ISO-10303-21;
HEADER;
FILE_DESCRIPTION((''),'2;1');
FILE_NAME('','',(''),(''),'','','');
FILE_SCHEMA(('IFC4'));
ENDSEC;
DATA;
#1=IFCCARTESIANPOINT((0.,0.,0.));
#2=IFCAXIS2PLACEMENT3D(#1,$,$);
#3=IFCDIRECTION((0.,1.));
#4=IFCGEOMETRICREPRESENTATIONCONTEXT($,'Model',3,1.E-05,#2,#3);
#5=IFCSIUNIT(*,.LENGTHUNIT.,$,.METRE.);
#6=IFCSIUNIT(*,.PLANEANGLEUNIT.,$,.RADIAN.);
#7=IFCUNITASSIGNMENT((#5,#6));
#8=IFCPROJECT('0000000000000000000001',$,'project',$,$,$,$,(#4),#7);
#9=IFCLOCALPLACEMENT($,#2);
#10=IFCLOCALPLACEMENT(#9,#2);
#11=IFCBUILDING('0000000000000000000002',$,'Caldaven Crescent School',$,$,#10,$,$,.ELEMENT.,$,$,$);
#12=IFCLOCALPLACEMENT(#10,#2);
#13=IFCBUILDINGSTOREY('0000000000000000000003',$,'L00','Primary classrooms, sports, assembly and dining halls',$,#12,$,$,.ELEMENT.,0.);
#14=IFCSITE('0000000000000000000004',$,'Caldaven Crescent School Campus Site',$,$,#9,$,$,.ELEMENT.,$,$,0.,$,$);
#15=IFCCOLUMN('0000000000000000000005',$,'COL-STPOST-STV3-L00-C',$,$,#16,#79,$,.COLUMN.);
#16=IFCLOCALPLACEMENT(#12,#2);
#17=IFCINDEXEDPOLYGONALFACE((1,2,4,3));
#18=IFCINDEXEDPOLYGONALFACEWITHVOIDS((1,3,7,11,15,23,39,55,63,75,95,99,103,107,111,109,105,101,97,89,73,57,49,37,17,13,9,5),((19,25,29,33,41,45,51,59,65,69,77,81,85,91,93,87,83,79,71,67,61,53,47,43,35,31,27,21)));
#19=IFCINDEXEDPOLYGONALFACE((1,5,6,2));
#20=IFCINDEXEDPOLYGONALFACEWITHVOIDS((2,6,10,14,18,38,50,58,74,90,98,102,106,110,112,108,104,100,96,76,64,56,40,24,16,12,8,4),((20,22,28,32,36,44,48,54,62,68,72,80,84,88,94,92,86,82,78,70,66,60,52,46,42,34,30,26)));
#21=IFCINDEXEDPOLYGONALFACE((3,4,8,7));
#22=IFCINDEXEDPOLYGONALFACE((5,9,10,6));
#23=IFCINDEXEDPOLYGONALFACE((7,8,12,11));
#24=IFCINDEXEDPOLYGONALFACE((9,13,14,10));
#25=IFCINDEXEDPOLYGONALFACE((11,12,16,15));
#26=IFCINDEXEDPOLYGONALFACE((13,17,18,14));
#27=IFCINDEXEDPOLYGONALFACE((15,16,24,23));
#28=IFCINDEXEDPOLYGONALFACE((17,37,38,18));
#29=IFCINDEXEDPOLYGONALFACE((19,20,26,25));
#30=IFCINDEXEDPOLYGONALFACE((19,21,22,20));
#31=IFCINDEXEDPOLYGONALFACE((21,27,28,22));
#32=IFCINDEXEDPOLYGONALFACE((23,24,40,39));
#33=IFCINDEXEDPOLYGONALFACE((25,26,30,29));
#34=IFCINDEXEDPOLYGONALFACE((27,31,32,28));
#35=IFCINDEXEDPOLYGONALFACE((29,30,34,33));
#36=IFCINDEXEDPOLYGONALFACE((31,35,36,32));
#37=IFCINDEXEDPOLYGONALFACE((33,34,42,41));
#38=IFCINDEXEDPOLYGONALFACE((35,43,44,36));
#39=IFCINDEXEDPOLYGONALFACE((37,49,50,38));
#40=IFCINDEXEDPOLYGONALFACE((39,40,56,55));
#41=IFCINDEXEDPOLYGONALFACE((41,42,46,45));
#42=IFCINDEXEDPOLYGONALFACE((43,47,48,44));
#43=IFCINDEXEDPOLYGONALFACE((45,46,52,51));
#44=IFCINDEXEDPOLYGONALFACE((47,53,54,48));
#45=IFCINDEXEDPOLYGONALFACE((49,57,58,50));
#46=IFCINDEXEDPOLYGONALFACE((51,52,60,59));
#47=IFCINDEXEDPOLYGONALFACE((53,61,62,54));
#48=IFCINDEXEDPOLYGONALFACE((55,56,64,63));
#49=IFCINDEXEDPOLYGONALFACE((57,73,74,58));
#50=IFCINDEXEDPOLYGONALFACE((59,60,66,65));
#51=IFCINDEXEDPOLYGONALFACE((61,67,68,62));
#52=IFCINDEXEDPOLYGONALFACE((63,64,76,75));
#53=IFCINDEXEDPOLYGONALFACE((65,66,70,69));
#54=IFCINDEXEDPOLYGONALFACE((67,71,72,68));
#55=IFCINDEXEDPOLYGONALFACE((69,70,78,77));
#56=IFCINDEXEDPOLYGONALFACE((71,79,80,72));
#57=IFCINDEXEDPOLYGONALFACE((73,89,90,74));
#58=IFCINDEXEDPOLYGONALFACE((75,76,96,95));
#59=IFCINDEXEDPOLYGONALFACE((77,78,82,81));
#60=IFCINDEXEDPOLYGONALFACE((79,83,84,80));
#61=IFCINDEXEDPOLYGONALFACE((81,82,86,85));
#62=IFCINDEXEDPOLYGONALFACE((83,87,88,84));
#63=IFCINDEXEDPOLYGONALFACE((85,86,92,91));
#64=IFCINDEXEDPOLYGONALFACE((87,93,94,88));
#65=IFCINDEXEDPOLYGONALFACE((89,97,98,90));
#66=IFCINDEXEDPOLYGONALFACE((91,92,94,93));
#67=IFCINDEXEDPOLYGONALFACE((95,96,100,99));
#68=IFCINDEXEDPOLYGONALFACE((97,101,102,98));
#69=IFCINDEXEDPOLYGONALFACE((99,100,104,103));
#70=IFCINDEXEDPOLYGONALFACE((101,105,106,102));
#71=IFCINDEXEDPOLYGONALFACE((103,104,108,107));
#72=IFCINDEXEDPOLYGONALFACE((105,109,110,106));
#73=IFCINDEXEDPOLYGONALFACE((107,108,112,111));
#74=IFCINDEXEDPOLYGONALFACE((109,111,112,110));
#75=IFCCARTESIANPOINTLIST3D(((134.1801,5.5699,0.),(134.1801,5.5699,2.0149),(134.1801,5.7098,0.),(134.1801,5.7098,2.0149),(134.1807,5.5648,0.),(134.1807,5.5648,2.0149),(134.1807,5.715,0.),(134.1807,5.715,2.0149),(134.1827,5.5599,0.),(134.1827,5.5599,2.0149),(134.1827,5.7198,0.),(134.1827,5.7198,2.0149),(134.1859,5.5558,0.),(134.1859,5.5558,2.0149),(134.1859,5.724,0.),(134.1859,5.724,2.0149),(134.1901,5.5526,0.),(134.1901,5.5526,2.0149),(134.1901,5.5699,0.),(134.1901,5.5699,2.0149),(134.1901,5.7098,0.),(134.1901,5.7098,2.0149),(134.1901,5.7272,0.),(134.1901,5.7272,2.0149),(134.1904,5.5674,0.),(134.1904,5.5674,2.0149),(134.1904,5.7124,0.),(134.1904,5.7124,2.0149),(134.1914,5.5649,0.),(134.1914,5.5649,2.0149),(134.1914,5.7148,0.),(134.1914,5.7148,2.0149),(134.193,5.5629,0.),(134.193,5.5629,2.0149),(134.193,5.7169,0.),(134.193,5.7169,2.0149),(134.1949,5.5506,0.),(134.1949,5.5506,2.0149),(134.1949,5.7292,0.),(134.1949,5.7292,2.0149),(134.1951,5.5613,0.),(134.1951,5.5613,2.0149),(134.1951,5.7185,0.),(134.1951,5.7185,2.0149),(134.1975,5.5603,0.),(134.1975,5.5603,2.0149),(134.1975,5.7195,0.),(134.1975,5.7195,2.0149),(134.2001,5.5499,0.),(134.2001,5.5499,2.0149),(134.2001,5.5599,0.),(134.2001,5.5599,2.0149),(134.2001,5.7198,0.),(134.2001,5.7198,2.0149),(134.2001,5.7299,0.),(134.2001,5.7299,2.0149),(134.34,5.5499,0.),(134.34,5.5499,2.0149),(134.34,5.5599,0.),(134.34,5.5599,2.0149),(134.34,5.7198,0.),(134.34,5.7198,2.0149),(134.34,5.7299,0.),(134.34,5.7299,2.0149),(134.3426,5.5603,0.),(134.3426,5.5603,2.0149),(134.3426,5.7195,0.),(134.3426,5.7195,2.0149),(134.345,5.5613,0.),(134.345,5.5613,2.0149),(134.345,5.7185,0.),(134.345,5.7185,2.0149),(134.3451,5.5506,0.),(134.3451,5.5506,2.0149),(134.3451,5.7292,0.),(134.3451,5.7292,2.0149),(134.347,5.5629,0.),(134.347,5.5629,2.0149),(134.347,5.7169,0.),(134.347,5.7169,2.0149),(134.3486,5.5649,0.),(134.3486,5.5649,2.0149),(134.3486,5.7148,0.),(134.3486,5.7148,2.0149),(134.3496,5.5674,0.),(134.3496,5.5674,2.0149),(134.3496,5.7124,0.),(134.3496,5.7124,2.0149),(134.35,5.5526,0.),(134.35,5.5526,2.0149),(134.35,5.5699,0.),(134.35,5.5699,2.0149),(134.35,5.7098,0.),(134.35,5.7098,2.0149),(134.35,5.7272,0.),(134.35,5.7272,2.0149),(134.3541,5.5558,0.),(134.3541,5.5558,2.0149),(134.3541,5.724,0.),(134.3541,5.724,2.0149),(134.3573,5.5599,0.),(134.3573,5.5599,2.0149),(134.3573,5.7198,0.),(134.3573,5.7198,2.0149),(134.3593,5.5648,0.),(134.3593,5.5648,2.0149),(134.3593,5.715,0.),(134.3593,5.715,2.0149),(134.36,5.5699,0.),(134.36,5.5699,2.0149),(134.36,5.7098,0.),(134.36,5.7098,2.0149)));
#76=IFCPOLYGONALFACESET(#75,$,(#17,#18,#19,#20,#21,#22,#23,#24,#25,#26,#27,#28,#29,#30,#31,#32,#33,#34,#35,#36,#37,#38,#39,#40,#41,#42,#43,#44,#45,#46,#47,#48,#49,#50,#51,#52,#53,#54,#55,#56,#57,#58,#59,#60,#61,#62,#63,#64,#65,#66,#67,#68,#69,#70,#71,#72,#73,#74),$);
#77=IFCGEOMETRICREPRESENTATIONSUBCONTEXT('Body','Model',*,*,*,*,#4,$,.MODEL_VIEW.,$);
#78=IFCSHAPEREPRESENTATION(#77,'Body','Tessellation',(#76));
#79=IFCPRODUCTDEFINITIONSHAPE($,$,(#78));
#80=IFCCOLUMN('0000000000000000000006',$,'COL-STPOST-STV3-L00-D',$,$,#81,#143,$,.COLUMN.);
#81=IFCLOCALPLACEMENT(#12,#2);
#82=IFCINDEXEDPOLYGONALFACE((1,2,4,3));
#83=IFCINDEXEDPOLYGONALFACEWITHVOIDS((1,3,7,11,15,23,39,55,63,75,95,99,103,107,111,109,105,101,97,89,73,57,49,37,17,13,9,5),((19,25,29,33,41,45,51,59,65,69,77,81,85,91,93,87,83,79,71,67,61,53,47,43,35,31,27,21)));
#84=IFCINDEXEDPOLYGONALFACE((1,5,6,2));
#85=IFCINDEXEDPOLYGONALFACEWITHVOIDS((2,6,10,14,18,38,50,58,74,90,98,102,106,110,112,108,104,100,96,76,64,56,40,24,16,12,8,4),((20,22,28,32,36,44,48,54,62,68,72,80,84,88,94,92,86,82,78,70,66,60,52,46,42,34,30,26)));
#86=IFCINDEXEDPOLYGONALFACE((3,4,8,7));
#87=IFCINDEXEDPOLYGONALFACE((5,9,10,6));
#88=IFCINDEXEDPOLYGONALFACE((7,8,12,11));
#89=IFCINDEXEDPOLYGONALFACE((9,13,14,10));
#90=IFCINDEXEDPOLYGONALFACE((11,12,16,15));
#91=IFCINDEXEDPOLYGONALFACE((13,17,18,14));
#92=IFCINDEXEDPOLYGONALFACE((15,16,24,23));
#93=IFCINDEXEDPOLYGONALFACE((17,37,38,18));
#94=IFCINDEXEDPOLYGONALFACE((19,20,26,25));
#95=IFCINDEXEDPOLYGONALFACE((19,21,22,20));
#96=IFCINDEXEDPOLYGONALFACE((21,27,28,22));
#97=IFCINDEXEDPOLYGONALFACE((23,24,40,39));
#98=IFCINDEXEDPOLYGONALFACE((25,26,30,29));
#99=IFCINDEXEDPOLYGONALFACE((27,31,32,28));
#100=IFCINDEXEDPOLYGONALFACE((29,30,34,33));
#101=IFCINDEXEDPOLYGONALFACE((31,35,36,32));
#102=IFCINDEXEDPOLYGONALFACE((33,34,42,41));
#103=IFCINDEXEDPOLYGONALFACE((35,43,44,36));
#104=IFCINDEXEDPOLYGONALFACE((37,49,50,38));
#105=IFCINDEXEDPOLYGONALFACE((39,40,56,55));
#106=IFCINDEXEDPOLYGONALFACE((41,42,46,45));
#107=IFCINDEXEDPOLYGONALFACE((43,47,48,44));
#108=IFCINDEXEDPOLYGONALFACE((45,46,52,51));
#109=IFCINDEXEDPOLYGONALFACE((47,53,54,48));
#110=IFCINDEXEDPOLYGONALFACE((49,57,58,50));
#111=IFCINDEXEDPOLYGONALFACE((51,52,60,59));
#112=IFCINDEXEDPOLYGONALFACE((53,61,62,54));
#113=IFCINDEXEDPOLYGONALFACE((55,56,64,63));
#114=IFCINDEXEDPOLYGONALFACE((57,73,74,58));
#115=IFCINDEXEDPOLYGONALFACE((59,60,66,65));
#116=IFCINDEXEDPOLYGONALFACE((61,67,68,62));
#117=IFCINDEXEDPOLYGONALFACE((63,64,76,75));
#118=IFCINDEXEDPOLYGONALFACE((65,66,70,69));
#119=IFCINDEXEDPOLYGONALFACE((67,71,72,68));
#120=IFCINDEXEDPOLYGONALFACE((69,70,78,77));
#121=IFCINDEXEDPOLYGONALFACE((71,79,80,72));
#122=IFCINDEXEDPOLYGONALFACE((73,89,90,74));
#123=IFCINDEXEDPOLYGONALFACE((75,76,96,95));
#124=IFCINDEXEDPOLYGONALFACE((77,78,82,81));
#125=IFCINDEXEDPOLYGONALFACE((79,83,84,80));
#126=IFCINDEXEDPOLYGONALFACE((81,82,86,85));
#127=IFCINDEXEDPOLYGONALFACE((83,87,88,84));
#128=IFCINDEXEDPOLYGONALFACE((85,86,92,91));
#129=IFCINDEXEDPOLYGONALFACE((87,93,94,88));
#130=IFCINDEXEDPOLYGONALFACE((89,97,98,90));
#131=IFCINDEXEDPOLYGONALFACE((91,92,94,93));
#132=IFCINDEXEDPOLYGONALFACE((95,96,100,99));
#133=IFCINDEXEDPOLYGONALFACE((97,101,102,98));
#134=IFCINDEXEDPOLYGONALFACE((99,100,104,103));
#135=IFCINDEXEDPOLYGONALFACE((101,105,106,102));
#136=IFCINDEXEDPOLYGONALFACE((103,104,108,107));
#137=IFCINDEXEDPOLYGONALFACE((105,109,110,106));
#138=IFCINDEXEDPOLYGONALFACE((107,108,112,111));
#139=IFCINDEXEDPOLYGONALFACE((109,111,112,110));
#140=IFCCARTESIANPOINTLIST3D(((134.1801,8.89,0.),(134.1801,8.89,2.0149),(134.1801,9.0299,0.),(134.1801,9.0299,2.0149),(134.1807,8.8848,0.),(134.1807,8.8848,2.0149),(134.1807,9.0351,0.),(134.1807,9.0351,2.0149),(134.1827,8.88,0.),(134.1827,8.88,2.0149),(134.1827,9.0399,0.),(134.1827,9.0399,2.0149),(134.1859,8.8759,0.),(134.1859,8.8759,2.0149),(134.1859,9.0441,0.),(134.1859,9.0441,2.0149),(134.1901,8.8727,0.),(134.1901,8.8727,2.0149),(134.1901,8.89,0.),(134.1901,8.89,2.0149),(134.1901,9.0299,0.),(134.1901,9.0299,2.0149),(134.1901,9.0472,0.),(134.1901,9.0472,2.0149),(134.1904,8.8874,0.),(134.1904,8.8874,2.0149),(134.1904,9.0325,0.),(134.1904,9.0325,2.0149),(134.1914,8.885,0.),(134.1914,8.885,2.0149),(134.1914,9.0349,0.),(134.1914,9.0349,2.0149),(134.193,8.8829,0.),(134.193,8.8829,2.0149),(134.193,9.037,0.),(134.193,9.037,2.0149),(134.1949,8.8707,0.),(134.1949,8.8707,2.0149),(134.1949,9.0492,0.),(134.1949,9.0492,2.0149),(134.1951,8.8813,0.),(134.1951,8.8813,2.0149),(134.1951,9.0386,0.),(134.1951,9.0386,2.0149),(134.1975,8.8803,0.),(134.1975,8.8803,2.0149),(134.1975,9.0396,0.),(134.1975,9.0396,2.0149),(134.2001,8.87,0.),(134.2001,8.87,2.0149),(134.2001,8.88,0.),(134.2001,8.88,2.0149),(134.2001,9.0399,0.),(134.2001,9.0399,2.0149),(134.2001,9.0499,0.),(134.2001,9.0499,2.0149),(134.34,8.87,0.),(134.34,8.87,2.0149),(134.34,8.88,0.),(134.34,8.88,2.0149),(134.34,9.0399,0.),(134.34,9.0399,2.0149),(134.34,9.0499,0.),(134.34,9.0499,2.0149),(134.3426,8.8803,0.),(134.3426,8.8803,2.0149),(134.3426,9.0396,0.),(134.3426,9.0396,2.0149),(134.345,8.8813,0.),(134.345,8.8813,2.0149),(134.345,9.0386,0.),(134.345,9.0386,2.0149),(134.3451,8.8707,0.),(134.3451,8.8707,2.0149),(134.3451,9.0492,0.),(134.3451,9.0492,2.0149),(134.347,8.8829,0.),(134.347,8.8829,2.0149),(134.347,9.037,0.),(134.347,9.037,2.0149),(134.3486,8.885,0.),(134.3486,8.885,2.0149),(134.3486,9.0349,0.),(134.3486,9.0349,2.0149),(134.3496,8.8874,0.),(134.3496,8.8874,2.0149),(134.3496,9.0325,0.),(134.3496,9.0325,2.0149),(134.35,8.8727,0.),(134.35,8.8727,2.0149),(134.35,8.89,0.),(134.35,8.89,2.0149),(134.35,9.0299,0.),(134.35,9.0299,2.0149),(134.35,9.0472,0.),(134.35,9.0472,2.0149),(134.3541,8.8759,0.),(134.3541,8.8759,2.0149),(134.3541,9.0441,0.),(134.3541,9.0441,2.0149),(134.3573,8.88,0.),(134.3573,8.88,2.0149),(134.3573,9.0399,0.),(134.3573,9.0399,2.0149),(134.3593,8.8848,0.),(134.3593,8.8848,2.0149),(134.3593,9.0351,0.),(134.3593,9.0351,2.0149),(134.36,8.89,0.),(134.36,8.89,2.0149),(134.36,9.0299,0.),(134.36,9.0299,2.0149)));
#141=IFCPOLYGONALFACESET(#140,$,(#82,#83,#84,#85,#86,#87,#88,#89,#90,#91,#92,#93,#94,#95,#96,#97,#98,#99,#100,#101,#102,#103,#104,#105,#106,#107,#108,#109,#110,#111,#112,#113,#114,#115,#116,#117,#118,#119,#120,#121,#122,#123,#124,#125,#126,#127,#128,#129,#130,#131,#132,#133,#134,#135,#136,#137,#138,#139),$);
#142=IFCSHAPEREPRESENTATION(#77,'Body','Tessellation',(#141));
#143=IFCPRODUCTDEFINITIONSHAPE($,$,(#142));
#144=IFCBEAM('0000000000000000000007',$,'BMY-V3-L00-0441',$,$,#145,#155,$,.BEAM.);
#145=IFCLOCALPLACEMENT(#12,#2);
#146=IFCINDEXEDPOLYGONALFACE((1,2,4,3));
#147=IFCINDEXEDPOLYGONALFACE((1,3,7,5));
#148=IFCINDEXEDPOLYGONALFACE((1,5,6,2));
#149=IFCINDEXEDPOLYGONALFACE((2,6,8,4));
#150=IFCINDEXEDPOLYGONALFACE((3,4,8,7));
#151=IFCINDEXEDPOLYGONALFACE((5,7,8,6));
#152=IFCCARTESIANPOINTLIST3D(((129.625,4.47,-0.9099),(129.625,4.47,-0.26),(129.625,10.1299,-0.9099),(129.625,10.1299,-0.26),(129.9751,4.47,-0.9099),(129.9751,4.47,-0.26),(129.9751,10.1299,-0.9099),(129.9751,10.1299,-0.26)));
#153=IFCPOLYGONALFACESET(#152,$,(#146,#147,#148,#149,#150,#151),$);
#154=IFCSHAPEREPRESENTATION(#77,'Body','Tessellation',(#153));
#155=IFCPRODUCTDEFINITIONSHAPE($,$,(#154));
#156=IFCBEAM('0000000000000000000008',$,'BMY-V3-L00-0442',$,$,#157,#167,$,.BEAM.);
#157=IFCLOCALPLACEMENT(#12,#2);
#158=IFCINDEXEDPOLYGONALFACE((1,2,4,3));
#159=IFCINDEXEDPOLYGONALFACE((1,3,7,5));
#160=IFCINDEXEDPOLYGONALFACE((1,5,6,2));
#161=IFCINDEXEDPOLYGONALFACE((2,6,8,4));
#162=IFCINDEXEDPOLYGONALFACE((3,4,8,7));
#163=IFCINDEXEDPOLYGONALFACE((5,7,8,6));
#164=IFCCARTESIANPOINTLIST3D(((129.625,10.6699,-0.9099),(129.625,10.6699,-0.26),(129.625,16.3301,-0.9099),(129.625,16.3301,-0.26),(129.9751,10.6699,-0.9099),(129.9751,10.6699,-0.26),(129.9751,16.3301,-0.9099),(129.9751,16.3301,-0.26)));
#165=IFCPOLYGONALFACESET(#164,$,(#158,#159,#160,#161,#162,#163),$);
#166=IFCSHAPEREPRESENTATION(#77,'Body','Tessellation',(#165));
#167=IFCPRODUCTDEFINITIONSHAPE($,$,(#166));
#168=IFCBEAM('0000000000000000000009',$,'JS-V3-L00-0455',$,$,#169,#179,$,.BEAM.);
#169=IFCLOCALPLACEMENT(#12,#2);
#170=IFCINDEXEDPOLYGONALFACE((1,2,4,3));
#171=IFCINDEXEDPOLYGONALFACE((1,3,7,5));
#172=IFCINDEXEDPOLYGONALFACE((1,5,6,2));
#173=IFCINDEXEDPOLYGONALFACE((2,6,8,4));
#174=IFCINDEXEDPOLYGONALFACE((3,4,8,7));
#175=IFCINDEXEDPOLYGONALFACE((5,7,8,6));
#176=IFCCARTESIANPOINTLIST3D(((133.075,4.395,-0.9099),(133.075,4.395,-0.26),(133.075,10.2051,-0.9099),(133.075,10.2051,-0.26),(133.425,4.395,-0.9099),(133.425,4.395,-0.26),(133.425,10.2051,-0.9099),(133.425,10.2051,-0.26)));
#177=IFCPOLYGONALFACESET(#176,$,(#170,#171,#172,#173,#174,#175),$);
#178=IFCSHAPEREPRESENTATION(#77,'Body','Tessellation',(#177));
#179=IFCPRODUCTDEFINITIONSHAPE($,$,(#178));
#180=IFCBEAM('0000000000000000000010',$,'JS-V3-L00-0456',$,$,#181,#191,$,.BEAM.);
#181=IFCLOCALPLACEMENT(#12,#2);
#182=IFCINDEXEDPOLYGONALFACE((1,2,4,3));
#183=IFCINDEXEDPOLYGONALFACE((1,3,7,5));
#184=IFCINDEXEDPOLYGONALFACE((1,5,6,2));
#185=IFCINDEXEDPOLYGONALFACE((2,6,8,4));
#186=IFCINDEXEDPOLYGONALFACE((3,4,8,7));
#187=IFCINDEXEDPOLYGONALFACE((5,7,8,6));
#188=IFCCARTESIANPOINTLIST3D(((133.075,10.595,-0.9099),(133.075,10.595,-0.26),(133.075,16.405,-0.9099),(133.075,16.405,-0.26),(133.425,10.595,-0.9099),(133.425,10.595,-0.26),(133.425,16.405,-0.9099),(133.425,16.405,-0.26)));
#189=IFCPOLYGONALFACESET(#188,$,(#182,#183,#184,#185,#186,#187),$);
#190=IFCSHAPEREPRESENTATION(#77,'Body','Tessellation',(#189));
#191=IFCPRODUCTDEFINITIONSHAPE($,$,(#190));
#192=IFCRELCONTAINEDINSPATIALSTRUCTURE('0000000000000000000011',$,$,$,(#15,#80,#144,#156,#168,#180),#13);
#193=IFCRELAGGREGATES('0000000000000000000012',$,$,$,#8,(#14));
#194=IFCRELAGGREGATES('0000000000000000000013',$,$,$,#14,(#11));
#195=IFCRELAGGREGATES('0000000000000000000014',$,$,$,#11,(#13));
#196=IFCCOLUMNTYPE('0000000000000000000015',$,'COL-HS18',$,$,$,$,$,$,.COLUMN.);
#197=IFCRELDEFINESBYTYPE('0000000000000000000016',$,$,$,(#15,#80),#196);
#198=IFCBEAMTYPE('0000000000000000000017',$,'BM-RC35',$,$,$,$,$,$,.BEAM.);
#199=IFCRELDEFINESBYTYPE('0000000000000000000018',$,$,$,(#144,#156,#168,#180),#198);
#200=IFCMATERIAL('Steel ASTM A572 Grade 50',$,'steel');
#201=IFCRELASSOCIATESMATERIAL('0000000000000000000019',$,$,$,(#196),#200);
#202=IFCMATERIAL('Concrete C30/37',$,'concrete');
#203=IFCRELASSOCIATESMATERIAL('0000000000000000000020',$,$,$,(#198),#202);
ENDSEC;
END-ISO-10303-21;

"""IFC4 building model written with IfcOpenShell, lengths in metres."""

from ifc_helpers import new_model, si_unit, direction, frame, origin, origin_2d, place, context, subcontext, project, spatial, rectangle, hollow_rectangle, extrude, material, material_profile, profile_set, type_object, element, save


model = new_model("IFC4")

# Units and contexts
model_context = context("Model", 3, precision=1e-05, world=origin(), true_north=direction((0.0, 1.0)))
body_context = subcontext(model_context, "Body", "Model", "MODEL_VIEW")
ifc_project = project(units=[si_unit("LENGTHUNIT", "METRE"), si_unit("PLANEANGLEUNIT", "RADIAN")], contexts=[model_context])

# Site, building, storey
site_placement = place(None, origin())
site = spatial("IfcSite", under=ifc_project, at=site_placement, Name="Caldaven Crescent School Campus Site", CompositionType="ELEMENT", RefElevation=0.0)
building_placement = place(site_placement, origin())
building = spatial("IfcBuilding", under=site, at=building_placement, Name="Caldaven Crescent School", CompositionType="ELEMENT")
storey_placement = place(building_placement, origin())
storey = spatial("IfcBuildingStorey", under=building, at=storey_placement, Name="L00", Description="Primary classrooms, sports, assembly and dining halls", CompositionType="ELEMENT", Elevation=0.0)

# Columns
ifc_material_1 = material(Name="Steel ASTM A572 Grade 50", Category="steel")
ifc_material_profile_1 = material_profile(ifc_material_1, hollow_rectangle(XDim=0.1799, YDim=0.1799, WallThickness=0.01, InnerFilletRadius=0.01, OuterFilletRadius=0.02, at=origin_2d()), Name="HSS 180x180x10")
ifc_profile_set_1 = profile_set([ifc_material_profile_1], Name="Steel ASTM A572 Grade 50")
column_type_1 = type_object("IfcColumnType", Name="COL-HS18", PredefinedType="COLUMN", material=ifc_profile_set_1)
for number, where, z_axis, x_axis, name in (
    (1, (134.27, 5.6399, 0.0), (0.0, 0.0, 1.0), (1.0, 0.0, 0.0), "COL-STPOST-STV3-L00-C"),
    (2, (134.27, 8.96, 0.0), (0.0, 0.0, 1.0), (1.0, 0.0, 0.0), "COL-STPOST-STV3-L00-D"),
):
    element("IfcColumn", number, at=place(storey_placement, frame(where, z_axis=z_axis, x_axis=x_axis)), inside=storey, type_object=column_type_1, Name=name, PredefinedType="COLUMN", context=body_context, shape_type="SweptSolid", body=[
        extrude(hollow_rectangle(XDim=0.1799, YDim=0.1799, WallThickness=0.01, InnerFilletRadius=0.01, OuterFilletRadius=0.02, at=origin_2d()), origin(), (0.0, 0.0, 1.0), 2.0149),
    ])

# Beams
ifc_material_2 = material(Name="Concrete C30/37", Category="concrete")
ifc_material_profile_2 = material_profile(ifc_material_2, rectangle(XDim=0.3501, YDim=0.6499, at=origin_2d()), Name="RC 350x650")
ifc_profile_set_2 = profile_set([ifc_material_profile_2], Name="Concrete C30/37")
beam_type_1 = type_object("IfcBeamType", Name="BM-RC35", PredefinedType="BEAM", material=ifc_profile_set_2)
beam_1_placement = place(storey_placement, frame((129.8, 4.47, -0.585), z_axis=(0.0, 1.0, 0.0), x_axis=(-1.0, 0.0, 0.0)))
element("IfcBeam", 3, at=beam_1_placement, inside=storey, type_object=beam_type_1, Name="BMY-V3-L00-0441", PredefinedType="BEAM", context=body_context, shape_type="SweptSolid", body=[
    extrude(rectangle(XDim=0.3501, YDim=0.6499, at=origin_2d()), origin(), (0.0, 0.0, 1.0), 5.6599),
])
beam_2_placement = place(storey_placement, frame((129.8, 10.6699, -0.585), z_axis=(0.0, 1.0, 0.0), x_axis=(-1.0, 0.0, 0.0)))
element("IfcBeam", 4, at=beam_2_placement, inside=storey, type_object=beam_type_1, Name="BMY-V3-L00-0442", PredefinedType="BEAM", context=body_context, shape_type="SweptSolid", body=[
    extrude(rectangle(XDim=0.3501, YDim=0.6499, at=origin_2d()), origin(), (0.0, 0.0, 1.0), 5.6602),
])
for number, where, z_axis, x_axis, name in (
    (5, (133.25, 4.395, -0.585), (0.0, 1.0, 0.0), (-1.0, 0.0, 0.0), "JS-V3-L00-0455"),
    (6, (133.25, 10.595, -0.585), (0.0, 1.0, 0.0), (-1.0, 0.0, 0.0), "JS-V3-L00-0456"),
):
    element("IfcBeam", number, at=place(storey_placement, frame(where, z_axis=z_axis, x_axis=x_axis)), inside=storey, type_object=beam_type_1, Name=name, PredefinedType="BEAM", context=body_context, shape_type="SweptSolid", body=[
        extrude(rectangle(XDim=0.3501, YDim=0.6499, at=origin_2d()), origin(), (0.0, 0.0, 1.0), 5.8101),
    ])

save(model, "model.ifc")
